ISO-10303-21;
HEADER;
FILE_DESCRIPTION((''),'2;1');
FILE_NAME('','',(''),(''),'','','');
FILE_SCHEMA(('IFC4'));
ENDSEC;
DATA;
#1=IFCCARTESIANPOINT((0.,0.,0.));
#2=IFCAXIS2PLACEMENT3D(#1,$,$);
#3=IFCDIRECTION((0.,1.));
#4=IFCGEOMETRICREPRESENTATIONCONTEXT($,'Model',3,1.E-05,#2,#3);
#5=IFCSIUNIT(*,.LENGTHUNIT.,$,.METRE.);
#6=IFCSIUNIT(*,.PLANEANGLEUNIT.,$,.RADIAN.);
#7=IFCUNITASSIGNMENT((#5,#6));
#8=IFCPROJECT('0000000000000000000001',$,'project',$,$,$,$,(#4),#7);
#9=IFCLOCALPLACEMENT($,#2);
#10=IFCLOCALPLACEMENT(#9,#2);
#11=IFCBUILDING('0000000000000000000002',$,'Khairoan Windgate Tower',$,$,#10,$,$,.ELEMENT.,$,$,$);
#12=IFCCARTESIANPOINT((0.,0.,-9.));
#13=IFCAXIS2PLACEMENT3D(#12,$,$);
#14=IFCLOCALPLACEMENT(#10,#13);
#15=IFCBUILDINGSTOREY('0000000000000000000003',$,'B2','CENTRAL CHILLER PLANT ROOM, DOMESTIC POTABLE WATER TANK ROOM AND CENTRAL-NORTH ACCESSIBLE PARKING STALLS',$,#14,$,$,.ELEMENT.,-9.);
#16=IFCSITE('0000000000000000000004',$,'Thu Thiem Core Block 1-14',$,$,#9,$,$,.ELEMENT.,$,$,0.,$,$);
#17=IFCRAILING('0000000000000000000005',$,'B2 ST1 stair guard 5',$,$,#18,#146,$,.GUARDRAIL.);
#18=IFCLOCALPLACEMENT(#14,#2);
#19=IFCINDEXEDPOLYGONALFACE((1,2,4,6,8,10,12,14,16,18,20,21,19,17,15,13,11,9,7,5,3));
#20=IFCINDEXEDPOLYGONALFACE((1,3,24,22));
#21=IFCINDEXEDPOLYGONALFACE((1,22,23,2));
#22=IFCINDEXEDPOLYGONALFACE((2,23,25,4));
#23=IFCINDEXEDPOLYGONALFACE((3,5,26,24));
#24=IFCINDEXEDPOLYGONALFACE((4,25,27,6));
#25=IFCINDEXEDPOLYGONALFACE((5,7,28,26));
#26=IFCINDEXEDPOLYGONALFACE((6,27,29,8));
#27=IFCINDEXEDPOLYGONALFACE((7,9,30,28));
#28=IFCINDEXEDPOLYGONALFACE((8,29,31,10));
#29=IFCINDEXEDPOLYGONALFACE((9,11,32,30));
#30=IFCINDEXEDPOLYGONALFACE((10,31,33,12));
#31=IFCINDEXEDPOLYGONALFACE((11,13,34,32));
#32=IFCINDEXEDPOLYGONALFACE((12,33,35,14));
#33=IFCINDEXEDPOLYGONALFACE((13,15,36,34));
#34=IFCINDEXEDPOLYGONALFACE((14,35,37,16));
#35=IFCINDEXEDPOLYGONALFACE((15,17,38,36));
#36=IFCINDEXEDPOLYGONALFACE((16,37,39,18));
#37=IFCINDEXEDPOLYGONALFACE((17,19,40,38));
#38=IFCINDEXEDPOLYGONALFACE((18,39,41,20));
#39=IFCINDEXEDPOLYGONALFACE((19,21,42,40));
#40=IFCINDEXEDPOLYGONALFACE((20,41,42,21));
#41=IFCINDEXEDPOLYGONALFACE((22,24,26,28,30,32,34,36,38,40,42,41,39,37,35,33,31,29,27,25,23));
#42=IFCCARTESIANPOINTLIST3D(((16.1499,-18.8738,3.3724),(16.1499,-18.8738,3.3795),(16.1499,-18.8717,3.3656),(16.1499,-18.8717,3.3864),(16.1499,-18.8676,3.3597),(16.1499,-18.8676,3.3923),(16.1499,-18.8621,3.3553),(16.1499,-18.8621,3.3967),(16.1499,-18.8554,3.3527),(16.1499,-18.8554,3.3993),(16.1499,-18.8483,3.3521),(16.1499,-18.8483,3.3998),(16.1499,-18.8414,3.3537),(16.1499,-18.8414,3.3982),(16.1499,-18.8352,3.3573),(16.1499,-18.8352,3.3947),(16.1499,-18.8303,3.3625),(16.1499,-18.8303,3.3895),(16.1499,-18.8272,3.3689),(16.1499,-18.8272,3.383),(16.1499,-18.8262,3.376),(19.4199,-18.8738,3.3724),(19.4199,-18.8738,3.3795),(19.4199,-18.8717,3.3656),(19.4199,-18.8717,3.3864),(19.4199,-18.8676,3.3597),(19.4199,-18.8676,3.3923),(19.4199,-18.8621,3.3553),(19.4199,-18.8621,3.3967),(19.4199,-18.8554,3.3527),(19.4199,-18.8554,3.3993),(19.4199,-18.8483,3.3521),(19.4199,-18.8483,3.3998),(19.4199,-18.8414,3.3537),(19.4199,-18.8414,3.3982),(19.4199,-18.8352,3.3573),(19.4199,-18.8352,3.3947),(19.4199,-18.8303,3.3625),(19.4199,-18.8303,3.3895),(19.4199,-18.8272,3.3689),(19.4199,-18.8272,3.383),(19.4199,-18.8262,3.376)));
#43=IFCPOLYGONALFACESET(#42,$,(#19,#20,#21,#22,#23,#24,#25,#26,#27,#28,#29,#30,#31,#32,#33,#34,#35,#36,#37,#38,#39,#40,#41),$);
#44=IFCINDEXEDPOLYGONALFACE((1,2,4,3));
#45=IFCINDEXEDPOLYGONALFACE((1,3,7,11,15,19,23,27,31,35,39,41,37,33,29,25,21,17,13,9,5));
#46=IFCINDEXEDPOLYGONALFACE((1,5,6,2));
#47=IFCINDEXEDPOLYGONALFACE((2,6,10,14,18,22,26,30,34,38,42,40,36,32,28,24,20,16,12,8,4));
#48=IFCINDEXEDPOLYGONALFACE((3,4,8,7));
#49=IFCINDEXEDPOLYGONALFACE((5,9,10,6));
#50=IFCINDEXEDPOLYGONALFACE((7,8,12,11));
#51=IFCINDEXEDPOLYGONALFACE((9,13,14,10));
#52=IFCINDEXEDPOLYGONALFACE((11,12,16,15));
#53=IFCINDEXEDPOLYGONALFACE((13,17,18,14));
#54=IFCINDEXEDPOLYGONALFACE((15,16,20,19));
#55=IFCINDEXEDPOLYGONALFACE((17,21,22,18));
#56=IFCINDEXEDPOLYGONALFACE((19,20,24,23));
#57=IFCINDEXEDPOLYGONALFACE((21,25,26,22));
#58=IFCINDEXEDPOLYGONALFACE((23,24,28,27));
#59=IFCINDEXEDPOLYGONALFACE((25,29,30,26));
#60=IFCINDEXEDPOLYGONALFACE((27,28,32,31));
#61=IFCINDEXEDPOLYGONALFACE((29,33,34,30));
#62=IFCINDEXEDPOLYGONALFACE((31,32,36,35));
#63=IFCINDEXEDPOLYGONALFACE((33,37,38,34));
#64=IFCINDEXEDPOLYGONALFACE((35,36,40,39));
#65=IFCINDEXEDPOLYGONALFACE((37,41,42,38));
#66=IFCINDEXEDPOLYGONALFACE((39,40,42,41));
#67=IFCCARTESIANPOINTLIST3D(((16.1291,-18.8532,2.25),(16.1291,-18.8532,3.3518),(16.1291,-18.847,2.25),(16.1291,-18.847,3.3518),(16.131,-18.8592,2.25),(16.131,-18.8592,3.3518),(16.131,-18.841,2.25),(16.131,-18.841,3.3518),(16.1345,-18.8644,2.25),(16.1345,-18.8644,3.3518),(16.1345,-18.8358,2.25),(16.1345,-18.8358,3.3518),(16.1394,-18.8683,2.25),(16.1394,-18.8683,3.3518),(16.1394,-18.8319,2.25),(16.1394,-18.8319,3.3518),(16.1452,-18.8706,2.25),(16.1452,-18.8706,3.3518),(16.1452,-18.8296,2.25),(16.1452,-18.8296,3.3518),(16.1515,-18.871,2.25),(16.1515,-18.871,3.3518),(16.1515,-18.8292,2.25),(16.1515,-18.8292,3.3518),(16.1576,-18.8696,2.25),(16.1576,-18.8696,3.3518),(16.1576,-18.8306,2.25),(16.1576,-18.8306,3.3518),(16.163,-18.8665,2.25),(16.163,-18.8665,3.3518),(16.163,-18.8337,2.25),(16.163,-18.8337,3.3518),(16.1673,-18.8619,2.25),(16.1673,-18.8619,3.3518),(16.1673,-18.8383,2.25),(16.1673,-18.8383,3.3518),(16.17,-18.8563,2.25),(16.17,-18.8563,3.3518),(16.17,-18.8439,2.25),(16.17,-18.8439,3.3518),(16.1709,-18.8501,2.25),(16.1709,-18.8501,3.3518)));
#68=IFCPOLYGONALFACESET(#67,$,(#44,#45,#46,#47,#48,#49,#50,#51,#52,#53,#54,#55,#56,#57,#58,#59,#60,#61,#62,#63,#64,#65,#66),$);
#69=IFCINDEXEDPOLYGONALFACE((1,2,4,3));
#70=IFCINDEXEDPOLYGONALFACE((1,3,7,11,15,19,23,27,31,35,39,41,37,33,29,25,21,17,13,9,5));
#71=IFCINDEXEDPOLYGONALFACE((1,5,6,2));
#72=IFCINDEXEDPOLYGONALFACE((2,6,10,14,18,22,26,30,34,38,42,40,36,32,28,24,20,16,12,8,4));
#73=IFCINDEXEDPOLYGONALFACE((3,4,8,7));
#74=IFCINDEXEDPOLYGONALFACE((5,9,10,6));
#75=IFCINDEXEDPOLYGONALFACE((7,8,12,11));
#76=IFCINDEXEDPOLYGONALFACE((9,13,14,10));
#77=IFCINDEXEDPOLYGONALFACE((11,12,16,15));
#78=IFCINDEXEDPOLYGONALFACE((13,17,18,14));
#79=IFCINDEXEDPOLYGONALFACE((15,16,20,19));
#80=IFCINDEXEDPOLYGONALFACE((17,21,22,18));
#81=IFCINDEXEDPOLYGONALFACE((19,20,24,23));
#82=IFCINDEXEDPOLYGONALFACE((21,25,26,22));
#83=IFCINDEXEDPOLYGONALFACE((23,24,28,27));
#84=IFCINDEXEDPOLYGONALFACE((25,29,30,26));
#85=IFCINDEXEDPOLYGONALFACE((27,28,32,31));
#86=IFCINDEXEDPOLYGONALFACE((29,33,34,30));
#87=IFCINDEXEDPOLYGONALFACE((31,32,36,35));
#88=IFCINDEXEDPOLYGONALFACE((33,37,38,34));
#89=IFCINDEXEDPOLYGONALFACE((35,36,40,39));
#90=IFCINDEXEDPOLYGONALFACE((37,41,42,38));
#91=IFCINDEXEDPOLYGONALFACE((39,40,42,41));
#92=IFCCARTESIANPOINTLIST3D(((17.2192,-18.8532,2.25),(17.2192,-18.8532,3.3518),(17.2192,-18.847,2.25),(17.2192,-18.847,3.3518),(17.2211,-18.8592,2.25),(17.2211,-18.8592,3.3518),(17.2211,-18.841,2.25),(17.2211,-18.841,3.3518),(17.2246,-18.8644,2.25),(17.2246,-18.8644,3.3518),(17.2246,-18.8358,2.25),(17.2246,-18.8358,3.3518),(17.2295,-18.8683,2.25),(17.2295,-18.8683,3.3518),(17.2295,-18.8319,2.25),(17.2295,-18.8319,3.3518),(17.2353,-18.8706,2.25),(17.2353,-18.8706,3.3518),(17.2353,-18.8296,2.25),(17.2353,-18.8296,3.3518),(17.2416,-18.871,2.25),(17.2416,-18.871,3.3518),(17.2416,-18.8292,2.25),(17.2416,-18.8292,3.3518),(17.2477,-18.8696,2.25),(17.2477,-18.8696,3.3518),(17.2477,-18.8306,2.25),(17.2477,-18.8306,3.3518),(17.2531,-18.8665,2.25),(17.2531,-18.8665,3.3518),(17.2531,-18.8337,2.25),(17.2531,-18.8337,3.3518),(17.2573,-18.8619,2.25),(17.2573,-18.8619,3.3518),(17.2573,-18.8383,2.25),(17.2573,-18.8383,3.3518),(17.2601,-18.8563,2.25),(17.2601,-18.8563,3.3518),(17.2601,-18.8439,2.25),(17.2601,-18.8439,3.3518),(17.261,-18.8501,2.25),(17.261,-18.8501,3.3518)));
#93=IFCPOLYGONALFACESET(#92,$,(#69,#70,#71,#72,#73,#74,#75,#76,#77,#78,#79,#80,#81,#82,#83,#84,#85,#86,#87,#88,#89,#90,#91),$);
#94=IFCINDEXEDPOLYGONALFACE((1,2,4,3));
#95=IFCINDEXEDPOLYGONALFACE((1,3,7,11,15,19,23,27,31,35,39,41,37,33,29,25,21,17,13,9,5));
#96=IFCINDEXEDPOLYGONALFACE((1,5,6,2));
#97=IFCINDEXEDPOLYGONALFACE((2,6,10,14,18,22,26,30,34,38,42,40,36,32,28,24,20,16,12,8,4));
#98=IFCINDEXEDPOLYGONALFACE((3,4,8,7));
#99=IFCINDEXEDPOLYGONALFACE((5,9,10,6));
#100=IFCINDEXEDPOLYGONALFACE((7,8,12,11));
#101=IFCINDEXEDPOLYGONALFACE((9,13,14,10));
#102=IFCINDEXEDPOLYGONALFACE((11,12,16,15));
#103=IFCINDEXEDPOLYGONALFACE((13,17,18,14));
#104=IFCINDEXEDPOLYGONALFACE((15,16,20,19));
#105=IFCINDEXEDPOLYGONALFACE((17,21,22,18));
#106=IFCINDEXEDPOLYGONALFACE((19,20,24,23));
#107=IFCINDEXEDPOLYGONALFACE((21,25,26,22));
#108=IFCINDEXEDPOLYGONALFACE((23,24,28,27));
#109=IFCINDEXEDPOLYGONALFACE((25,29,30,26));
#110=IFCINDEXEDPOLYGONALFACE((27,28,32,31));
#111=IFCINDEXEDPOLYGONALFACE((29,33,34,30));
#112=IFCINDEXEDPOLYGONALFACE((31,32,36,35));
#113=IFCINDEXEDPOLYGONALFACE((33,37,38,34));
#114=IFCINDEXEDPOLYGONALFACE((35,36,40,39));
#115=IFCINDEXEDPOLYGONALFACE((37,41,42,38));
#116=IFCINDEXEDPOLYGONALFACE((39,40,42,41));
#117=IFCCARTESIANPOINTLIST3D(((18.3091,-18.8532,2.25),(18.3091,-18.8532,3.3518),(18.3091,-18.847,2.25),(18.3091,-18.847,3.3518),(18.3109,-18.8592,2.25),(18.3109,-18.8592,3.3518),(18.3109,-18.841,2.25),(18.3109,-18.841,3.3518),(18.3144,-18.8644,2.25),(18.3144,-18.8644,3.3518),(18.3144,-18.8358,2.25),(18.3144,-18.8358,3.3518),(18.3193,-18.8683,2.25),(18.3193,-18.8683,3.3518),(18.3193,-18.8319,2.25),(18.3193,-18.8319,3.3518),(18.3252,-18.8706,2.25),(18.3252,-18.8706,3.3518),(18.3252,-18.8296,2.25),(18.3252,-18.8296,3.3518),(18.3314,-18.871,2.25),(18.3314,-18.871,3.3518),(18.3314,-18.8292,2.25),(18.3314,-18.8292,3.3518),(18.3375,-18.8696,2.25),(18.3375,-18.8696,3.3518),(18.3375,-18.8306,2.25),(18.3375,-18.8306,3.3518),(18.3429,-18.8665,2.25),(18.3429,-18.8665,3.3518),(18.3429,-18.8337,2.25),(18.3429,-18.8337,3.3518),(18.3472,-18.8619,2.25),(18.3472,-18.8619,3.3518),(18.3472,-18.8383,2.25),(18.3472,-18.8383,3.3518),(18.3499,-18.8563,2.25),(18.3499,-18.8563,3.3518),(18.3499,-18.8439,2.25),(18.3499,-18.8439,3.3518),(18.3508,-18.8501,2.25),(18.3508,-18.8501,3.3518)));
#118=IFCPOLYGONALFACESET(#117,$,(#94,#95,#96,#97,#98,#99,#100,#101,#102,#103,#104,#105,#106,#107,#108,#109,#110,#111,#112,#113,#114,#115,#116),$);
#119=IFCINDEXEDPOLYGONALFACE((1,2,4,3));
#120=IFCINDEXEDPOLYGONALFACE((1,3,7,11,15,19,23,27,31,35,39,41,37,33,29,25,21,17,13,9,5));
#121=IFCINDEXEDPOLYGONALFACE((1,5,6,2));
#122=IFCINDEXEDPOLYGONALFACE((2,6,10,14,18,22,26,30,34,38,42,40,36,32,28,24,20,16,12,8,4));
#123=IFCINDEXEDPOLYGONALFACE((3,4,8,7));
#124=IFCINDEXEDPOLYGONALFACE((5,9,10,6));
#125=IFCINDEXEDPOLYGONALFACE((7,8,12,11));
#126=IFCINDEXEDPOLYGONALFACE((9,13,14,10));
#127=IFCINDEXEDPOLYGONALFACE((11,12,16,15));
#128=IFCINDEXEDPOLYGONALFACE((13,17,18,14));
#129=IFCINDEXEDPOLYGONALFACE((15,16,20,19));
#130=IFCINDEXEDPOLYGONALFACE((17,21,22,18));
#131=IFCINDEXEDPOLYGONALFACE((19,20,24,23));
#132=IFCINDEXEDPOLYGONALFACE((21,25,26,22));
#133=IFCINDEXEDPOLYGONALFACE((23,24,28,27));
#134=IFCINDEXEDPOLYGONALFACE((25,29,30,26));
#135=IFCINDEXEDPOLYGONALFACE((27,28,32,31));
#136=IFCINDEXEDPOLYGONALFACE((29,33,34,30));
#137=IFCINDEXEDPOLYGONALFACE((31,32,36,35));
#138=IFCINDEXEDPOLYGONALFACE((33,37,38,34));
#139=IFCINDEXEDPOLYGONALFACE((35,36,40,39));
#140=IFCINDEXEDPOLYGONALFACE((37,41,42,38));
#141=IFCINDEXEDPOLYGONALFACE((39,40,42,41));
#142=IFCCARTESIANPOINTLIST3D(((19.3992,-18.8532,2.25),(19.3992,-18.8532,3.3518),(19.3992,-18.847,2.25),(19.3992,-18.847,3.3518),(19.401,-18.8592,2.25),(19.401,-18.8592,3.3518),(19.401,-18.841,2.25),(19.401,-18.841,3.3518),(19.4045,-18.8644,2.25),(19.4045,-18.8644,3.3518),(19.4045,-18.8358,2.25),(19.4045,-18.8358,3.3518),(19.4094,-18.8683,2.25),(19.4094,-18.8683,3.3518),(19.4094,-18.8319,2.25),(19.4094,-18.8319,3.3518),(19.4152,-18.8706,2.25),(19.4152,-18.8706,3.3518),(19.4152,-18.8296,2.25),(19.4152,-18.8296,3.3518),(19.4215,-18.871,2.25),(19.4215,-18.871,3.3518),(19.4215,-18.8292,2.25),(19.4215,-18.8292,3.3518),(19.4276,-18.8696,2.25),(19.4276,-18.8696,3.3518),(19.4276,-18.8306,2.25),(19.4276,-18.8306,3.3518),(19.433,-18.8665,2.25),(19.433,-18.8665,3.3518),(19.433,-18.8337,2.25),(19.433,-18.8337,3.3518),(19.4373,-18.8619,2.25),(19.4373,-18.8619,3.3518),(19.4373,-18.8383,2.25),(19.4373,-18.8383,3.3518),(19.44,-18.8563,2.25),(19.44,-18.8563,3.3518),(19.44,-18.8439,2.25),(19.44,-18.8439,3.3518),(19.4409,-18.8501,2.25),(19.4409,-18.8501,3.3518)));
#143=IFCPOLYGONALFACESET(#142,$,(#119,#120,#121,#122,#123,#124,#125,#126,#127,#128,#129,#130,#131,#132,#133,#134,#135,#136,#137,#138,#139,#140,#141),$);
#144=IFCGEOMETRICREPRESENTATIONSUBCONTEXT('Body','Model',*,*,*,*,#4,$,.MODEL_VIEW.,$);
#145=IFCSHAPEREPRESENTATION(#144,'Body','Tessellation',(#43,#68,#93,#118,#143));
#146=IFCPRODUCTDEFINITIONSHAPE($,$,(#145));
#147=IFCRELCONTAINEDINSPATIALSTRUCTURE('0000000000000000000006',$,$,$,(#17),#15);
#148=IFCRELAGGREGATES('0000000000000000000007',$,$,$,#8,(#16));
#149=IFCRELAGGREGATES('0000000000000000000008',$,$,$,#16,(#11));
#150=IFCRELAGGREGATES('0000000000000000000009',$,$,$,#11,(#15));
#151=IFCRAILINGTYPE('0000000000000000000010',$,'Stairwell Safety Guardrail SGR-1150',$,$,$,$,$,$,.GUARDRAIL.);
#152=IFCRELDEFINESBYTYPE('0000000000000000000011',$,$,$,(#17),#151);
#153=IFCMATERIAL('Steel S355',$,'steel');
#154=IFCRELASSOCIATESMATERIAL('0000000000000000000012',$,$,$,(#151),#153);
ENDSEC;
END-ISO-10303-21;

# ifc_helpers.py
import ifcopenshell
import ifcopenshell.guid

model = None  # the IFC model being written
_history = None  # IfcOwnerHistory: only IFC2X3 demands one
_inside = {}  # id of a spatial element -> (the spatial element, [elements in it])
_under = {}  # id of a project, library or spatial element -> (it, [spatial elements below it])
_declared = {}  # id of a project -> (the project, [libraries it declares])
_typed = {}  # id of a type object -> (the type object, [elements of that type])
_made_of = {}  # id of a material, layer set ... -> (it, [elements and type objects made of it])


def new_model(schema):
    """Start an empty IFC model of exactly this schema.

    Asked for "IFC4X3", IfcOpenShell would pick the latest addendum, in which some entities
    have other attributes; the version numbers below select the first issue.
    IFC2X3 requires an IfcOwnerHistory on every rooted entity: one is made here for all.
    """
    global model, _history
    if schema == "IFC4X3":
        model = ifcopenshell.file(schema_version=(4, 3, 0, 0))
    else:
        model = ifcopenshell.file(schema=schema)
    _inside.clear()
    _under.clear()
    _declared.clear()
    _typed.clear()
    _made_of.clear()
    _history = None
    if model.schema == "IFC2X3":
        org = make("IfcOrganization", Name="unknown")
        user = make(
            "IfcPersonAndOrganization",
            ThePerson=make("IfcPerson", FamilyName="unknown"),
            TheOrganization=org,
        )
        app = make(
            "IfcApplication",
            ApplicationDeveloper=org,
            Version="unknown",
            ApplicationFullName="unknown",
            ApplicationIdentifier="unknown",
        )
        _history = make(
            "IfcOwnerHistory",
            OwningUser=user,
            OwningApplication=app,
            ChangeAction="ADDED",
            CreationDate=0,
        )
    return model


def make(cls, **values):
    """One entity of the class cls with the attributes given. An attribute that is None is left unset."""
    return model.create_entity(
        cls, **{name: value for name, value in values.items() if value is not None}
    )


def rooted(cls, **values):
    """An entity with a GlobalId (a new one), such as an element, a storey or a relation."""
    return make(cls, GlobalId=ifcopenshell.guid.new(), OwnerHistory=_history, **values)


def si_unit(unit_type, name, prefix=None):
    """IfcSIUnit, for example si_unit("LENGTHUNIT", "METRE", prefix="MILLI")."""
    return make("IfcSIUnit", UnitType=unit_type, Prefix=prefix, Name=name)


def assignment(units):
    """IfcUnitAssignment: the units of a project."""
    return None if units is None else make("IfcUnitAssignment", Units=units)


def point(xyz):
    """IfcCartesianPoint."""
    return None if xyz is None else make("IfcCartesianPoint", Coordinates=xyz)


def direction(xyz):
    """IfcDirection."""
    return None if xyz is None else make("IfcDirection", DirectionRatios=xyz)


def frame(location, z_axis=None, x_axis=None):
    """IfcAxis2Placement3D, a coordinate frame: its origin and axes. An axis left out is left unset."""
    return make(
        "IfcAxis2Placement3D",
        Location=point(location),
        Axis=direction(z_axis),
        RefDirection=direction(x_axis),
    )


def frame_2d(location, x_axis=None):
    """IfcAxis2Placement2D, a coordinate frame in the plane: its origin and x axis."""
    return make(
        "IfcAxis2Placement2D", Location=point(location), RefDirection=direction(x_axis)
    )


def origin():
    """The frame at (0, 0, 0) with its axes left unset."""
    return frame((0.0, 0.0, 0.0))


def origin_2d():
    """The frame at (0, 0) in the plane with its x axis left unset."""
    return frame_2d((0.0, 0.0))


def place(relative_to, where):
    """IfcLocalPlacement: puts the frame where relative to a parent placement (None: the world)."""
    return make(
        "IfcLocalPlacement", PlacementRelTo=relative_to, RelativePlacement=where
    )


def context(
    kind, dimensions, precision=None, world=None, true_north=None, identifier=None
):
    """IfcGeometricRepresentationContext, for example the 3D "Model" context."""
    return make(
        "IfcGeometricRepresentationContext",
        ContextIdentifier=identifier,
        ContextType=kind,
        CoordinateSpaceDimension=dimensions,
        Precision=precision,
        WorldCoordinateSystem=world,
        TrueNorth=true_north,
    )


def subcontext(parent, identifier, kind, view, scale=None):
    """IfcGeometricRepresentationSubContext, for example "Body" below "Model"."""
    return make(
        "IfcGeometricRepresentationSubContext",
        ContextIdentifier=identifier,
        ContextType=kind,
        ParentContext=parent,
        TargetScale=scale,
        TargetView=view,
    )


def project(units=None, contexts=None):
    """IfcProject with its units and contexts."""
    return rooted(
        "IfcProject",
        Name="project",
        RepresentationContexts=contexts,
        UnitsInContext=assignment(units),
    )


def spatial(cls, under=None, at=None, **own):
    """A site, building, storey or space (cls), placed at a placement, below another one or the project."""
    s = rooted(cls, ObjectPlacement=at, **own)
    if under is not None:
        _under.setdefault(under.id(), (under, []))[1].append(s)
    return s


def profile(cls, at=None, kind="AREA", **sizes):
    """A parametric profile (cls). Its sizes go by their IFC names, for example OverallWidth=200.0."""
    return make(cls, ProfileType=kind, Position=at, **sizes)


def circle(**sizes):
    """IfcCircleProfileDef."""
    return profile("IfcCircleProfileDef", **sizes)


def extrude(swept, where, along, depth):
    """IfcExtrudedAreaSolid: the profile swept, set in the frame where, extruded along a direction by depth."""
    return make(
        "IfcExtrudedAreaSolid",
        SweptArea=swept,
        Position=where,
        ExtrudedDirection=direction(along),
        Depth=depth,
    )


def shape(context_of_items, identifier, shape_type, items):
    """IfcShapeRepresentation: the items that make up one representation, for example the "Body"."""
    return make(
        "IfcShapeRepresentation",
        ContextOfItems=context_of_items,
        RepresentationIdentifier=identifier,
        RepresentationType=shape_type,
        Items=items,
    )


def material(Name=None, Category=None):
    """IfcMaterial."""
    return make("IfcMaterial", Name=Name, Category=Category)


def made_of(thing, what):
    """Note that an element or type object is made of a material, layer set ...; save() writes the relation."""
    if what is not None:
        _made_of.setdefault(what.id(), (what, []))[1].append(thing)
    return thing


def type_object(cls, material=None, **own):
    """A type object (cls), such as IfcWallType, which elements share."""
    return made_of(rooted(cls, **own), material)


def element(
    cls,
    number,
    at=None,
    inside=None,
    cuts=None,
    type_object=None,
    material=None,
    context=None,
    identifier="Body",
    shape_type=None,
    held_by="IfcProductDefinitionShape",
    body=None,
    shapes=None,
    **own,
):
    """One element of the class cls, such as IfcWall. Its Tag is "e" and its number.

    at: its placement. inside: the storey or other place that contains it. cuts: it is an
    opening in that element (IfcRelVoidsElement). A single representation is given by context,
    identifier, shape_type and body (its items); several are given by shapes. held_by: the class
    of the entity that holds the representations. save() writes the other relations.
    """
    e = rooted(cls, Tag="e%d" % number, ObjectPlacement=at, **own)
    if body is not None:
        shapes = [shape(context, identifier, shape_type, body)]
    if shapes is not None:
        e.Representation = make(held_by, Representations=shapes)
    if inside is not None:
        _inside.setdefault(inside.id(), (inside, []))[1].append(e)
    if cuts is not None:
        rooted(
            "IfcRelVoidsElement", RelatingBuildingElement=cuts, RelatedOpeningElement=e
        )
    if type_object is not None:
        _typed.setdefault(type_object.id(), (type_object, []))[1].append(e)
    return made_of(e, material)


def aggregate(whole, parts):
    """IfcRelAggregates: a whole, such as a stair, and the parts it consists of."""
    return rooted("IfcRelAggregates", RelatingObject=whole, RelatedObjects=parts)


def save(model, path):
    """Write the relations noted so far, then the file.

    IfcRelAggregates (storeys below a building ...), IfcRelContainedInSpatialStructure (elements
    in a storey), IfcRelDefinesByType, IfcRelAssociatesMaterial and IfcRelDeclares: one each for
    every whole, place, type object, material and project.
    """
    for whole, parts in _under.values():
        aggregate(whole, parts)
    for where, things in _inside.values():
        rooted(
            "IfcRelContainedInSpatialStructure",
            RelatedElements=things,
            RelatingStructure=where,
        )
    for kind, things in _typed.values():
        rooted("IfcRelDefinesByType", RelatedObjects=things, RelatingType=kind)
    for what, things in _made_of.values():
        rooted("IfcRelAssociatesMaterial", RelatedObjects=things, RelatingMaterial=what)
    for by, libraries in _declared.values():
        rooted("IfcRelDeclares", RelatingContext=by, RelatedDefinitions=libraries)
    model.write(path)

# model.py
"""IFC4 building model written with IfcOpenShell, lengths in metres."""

from ifc_helpers import new_model, si_unit, direction, frame, origin, origin_2d, place, context, subcontext, project, spatial, circle, extrude, material, type_object, element, save


model = new_model("IFC4")

# Units and contexts
model_context = context("Model", 3, precision=1e-05, world=origin(), true_north=direction((0.0, 1.0)))
body_context = subcontext(model_context, "Body", "Model", "MODEL_VIEW")
ifc_project = project(units=[si_unit("LENGTHUNIT", "METRE"), si_unit("PLANEANGLEUNIT", "RADIAN")], contexts=[model_context])

# Site, building, storey
site_placement = place(None, origin())
site = spatial("IfcSite", under=ifc_project, at=site_placement, Name="Thu Thiem Core Block 1-14", CompositionType="ELEMENT", RefElevation=0.0)
building_placement = place(site_placement, origin())
building = spatial("IfcBuilding", under=site, at=building_placement, Name="Khairoan Windgate Tower", CompositionType="ELEMENT")
storey_placement = place(building_placement, frame((0.0, 0.0, -9.0)))
storey = spatial("IfcBuildingStorey", under=building, at=storey_placement, Name="B2", Description="CENTRAL CHILLER PLANT ROOM, DOMESTIC POTABLE WATER TANK ROOM AND CENTRAL-NORTH ACCESSIBLE PARKING STALLS", CompositionType="ELEMENT", Elevation=-9.0)

# Railing
ifc_material_1 = material(Name="Steel S355", Category="steel")
railing_type = type_object("IfcRailingType", Name="Stairwell Safety Guardrail SGR-1150", PredefinedType="GUARDRAIL", material=ifc_material_1)
railing_1_placement = place(storey_placement, frame((16.1499, -18.8501, 2.25)))
element("IfcRailing", 1, at=railing_1_placement, inside=storey, type_object=railing_type, Name="B2 ST1 stair guard 5", PredefinedType="GUARDRAIL", context=body_context, shape_type="SweptSolid", body=[
    extrude(circle(Radius=0.0239, at=origin_2d()), frame((0.0, 0.0, 1.126), z_axis=(1.0, 0.0, 0.0), x_axis=(0.0, 1.0, 0.0)), (0.0, 0.0, 1.0), 3.27),
    extrude(circle(Radius=0.021, at=origin_2d()), origin(), (0.0, 0.0, 1.0), 1.1018),
    extrude(circle(Radius=0.021, at=origin_2d()), frame((1.0901, 0.0, 0.0)), (0.0, 0.0, 1.0), 1.1018),
    extrude(circle(Radius=0.021, at=origin_2d()), frame((2.1799, 0.0, 0.0)), (0.0, 0.0, 1.0), 1.1018),
    extrude(circle(Radius=0.021, at=origin_2d()), frame((3.27, 0.0, 0.0)), (0.0, 0.0, 1.0), 1.1018),
])

save(model, "model.ifc")
